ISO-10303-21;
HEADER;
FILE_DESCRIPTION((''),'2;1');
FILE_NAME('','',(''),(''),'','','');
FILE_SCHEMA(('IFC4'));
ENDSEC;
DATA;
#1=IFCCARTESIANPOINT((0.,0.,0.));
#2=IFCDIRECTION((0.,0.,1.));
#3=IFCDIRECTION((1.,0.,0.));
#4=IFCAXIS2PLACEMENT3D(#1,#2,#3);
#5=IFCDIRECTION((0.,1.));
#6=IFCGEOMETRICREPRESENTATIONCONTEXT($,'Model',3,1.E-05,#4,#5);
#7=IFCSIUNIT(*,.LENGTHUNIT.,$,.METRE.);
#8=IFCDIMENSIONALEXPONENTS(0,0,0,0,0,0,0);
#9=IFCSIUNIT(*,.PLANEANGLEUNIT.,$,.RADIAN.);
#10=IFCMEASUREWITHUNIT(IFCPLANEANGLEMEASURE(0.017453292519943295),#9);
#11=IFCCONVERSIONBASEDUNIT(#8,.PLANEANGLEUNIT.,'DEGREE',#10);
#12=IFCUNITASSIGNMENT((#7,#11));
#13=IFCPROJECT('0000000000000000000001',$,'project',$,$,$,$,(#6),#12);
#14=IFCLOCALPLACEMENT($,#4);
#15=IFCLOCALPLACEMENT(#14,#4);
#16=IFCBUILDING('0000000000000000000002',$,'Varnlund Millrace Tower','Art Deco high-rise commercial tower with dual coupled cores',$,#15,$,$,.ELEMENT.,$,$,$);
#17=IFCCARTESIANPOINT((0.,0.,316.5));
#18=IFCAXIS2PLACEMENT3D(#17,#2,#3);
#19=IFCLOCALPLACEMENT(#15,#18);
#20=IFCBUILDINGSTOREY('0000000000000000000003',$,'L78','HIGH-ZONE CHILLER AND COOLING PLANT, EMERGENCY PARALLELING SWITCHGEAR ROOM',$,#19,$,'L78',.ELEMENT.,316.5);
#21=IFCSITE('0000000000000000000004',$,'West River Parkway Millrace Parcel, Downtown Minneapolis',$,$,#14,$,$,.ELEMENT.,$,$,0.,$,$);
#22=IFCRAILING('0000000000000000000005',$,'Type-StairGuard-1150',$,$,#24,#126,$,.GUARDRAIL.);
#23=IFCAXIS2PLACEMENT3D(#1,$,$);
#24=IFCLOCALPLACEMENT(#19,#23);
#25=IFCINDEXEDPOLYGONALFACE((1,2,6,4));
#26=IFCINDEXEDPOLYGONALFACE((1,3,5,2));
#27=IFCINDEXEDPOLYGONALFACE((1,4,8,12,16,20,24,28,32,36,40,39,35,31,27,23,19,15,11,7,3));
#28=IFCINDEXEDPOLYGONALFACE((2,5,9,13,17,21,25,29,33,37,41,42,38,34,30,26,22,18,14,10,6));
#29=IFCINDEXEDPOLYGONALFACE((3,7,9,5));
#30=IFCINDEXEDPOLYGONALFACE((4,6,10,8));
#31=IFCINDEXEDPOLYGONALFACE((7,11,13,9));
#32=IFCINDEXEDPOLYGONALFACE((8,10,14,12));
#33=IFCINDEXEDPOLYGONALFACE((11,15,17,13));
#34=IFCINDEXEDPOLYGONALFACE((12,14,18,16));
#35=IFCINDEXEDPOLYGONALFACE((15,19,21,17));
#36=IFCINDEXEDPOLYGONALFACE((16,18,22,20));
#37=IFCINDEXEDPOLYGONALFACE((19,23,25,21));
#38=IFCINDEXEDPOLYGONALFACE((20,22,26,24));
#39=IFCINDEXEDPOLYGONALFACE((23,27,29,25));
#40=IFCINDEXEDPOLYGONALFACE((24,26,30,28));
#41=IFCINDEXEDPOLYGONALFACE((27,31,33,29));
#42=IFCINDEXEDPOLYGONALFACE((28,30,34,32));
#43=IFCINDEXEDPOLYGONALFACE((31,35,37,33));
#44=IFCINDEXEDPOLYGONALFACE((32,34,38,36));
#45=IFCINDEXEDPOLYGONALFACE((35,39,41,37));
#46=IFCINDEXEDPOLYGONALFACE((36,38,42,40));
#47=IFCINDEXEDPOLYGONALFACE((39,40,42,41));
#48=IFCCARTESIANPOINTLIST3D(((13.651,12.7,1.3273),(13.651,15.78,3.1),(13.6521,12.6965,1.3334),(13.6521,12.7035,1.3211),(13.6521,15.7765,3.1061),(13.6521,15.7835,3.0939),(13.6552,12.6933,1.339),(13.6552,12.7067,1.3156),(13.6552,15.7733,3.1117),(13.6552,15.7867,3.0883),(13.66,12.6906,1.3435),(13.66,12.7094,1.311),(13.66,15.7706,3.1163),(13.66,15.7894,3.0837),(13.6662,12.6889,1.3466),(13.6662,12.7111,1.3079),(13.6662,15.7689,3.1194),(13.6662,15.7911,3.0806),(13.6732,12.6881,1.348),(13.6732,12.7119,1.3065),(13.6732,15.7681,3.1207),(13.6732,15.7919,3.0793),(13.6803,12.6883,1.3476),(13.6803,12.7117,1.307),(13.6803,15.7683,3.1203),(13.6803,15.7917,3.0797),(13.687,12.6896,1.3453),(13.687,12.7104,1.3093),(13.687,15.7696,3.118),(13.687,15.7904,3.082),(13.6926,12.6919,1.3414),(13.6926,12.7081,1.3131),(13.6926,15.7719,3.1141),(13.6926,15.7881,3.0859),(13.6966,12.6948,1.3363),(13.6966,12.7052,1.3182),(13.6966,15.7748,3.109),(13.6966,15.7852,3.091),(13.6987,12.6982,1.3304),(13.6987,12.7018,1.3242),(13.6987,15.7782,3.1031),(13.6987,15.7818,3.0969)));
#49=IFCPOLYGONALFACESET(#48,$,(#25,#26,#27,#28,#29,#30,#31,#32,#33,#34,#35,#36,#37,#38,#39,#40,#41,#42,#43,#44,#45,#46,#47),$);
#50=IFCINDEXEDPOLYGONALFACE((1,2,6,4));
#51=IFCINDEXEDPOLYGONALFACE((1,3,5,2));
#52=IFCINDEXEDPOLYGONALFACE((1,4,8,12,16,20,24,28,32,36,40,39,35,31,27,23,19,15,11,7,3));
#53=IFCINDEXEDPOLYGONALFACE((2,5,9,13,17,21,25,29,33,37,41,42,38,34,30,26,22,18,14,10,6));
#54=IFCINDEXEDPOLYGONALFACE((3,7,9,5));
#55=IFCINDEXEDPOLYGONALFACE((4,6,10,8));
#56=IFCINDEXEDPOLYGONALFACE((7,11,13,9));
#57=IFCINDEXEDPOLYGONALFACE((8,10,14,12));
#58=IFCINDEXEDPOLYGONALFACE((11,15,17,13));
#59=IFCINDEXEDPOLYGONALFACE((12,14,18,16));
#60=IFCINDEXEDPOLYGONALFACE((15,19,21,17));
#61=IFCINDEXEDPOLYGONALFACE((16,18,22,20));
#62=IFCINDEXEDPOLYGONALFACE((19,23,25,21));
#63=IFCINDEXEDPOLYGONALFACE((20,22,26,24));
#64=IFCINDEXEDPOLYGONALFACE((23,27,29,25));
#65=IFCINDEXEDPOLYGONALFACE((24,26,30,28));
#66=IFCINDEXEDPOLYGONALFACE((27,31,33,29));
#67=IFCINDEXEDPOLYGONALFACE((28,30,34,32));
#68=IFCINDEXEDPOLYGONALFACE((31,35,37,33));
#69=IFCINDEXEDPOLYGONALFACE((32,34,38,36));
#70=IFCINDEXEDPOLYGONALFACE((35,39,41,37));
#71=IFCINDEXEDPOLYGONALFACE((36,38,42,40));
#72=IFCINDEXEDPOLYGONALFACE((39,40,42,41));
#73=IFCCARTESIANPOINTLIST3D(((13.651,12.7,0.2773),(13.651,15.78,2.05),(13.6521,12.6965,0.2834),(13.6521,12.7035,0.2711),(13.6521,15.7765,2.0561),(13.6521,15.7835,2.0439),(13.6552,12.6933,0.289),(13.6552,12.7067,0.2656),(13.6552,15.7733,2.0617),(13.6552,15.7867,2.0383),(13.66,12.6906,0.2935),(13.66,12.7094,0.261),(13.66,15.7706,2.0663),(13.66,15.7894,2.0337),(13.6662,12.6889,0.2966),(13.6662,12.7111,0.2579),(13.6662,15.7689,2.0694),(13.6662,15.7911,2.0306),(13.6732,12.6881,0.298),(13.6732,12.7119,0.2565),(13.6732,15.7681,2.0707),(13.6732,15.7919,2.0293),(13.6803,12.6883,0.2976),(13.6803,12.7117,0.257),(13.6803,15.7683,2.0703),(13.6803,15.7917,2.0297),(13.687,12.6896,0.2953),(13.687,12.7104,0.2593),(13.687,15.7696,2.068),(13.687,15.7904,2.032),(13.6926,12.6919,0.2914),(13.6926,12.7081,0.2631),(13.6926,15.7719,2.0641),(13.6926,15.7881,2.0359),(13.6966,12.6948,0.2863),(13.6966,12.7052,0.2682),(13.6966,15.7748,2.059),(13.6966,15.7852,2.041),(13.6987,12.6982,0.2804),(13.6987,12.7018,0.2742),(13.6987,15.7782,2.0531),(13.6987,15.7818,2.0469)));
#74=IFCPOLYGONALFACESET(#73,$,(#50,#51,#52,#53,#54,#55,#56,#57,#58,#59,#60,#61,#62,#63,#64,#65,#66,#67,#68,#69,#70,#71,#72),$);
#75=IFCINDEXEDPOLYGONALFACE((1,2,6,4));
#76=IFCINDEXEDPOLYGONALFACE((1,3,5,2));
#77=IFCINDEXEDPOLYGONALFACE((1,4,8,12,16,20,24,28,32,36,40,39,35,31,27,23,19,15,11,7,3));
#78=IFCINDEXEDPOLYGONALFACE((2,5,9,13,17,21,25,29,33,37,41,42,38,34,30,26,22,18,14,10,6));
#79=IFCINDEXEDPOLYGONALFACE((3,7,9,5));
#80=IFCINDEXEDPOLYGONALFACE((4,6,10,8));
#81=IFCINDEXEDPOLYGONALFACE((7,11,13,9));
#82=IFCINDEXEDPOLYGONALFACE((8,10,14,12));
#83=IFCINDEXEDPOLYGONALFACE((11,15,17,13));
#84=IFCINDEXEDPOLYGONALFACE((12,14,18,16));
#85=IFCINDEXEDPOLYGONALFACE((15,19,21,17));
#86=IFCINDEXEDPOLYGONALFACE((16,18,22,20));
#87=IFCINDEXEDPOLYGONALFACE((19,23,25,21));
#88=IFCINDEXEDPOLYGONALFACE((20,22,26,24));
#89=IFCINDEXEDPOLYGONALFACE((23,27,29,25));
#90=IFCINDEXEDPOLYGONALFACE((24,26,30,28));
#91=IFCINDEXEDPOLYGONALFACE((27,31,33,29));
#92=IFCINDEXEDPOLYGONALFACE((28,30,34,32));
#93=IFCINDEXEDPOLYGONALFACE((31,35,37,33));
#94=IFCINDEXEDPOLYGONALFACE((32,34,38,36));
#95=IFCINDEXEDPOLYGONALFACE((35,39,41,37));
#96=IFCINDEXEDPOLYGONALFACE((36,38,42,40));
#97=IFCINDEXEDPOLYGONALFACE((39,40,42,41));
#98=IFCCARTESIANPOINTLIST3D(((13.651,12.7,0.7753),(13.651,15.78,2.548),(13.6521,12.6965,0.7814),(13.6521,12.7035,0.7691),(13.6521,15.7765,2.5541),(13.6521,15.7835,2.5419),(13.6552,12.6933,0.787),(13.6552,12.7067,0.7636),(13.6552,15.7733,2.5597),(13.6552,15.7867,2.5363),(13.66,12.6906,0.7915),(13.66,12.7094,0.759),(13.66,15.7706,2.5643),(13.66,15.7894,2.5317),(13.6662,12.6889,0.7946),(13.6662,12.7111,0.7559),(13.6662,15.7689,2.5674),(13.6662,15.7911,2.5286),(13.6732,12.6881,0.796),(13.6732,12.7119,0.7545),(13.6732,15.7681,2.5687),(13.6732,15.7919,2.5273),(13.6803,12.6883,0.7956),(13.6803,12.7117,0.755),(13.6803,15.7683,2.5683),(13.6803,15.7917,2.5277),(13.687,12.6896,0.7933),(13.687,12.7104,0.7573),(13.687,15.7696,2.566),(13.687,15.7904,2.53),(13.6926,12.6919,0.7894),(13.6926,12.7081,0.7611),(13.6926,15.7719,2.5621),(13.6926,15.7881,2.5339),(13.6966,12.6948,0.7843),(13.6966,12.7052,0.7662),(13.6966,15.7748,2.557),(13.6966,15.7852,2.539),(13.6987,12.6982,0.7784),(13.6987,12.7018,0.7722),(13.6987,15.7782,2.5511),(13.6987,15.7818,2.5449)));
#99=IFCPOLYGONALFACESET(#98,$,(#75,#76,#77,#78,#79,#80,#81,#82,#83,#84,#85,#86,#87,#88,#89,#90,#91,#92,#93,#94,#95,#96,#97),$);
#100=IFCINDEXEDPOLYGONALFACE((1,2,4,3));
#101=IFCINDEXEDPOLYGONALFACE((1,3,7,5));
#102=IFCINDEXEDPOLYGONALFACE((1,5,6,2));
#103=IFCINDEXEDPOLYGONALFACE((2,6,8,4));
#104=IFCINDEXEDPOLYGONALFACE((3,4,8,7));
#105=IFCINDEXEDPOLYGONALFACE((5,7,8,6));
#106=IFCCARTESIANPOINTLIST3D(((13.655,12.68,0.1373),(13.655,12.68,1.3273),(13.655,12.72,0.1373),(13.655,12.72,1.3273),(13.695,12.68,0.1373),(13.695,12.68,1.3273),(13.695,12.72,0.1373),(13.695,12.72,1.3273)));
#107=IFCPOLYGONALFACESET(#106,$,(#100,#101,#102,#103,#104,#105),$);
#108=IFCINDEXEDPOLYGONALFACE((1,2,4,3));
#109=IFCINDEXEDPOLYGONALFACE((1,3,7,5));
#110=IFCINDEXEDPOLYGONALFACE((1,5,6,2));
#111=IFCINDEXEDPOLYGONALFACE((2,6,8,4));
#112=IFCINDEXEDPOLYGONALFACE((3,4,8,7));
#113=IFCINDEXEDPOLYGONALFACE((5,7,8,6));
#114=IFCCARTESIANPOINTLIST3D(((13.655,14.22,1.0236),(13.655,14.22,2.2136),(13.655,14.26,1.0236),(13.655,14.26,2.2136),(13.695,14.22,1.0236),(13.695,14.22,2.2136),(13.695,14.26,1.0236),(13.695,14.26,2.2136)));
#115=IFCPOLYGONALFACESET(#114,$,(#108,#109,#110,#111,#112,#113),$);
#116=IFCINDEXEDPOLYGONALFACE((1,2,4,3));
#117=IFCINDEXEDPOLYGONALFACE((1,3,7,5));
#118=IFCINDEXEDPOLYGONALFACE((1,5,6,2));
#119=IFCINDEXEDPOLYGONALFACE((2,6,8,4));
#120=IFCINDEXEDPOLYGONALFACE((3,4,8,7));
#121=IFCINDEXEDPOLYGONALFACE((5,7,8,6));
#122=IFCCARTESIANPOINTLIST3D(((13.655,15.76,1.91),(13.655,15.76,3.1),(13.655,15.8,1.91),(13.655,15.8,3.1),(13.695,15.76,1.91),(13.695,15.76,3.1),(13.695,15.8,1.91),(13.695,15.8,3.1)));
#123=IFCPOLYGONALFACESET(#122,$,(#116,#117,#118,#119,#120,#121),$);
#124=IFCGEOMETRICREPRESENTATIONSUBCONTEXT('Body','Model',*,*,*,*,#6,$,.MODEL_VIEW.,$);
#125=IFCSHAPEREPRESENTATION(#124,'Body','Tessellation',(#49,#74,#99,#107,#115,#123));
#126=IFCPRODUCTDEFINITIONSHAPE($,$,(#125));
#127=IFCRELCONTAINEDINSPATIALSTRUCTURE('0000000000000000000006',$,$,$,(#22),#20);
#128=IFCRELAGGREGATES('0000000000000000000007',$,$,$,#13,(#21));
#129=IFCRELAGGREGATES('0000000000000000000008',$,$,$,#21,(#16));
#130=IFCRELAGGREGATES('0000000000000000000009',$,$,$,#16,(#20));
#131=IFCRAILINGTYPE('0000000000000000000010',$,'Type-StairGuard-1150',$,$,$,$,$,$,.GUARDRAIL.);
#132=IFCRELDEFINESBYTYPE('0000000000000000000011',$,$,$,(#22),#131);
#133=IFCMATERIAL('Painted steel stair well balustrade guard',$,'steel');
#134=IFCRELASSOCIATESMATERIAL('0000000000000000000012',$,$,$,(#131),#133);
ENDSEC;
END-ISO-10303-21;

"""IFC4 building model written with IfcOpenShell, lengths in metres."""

from ifc_helpers import new_model, entity, si_unit, converted_unit, direction, frame, origin_with_axes, origin_2d_with_axis, place, context, subcontext, project, spatial, rectangle, circle, extrude, material, type_object, element, save


model = new_model("IFC4")

# Units and contexts
model_context = context("Model", 3, precision=1e-05, world=origin_with_axes(), true_north=direction((0.0, 1.0)))
body_context = subcontext(model_context, "Body", "Model", "MODEL_VIEW")
ifc_project = project(units=[si_unit("LENGTHUNIT", "METRE"), converted_unit("PLANEANGLEUNIT", "DEGREE", entity("IfcPlaneAngleMeasure", 0.017453292519943295), si_unit("PLANEANGLEUNIT", "RADIAN"), dimensions=[0, 0, 0, 0, 0, 0, 0])], contexts=[model_context])

# Site, building, storey
site_placement = place(None, origin_with_axes())
site = spatial("IfcSite", under=ifc_project, at=site_placement, Name="West River Parkway Millrace Parcel, Downtown Minneapolis", CompositionType="ELEMENT", RefElevation=0.0)
building_placement = place(site_placement, origin_with_axes())
building = spatial("IfcBuilding", under=site, at=building_placement, Name="Varnlund Millrace Tower", Description="Art Deco high-rise commercial tower with dual coupled cores", CompositionType="ELEMENT")
storey_placement = place(building_placement, frame((0.0, 0.0, 316.5), z_axis=(0.0, 0.0, 1.0), x_axis=(1.0, 0.0, 0.0)))
storey = spatial("IfcBuildingStorey", under=building, at=storey_placement, Name="L78", Description="HIGH-ZONE CHILLER AND COOLING PLANT, EMERGENCY PARALLELING SWITCHGEAR ROOM", LongName="L78", CompositionType="ELEMENT", Elevation=316.5)

# Railing
ifc_material_1 = material(Name="Painted steel stair well balustrade guard", Category="steel")
railing_type_1 = type_object("IfcRailingType", Name="Type-StairGuard-1150", PredefinedType="GUARDRAIL", material=ifc_material_1)
railing_1_placement = place(storey_placement, frame((0.0, 0.0, -316.5), z_axis=(0.0, 0.0, 1.0), x_axis=(1.0, 0.0, 0.0)))
element("IfcRailing", 1, at=railing_1_placement, inside=storey, type_object=railing_type_1, Name="Type-StairGuard-1150", PredefinedType="GUARDRAIL", context=body_context, shape_type="SweptSolid", body=[
    extrude(circle(Radius=0.024, at=origin_2d_with_axis()), frame((13.675, 12.7, 317.8273), z_axis=(0.0, 0.866696, 0.498836), x_axis=(-1.0, 0.0, 0.0)), (0.0, 0.0, 1.0), 3.5537),
    extrude(circle(Radius=0.024, at=origin_2d_with_axis()), frame((13.675, 12.7, 316.7773), z_axis=(0.0, 0.866696, 0.498836), x_axis=(-1.0, 0.0, 0.0)), (0.0, 0.0, 1.0), 3.5537),
    extrude(circle(Radius=0.024, at=origin_2d_with_axis()), frame((13.675, 12.7, 317.2753), z_axis=(0.0, 0.866696, 0.498836), x_axis=(-1.0, 0.0, 0.0)), (0.0, 0.0, 1.0), 3.5537),
    extrude(rectangle(XDim=0.04, YDim=0.04, at=origin_2d_with_axis()), frame((13.675, 12.7, 316.6373), z_axis=(0.0, 0.0, 1.0), x_axis=(1.0, 0.0, 0.0)), (0.0, 0.0, 1.0), 1.19),
    extrude(rectangle(XDim=0.04, YDim=0.04, at=origin_2d_with_axis()), frame((13.675, 14.24, 317.5236), z_axis=(0.0, 0.0, 1.0), x_axis=(1.0, 0.0, 0.0)), (0.0, 0.0, 1.0), 1.19),
    extrude(rectangle(XDim=0.04, YDim=0.04, at=origin_2d_with_axis()), frame((13.675, 15.78, 318.41), z_axis=(0.0, 0.0, 1.0), x_axis=(1.0, 0.0, 0.0)), (0.0, 0.0, 1.0), 1.19),
])

save(model, "model.ifc")
